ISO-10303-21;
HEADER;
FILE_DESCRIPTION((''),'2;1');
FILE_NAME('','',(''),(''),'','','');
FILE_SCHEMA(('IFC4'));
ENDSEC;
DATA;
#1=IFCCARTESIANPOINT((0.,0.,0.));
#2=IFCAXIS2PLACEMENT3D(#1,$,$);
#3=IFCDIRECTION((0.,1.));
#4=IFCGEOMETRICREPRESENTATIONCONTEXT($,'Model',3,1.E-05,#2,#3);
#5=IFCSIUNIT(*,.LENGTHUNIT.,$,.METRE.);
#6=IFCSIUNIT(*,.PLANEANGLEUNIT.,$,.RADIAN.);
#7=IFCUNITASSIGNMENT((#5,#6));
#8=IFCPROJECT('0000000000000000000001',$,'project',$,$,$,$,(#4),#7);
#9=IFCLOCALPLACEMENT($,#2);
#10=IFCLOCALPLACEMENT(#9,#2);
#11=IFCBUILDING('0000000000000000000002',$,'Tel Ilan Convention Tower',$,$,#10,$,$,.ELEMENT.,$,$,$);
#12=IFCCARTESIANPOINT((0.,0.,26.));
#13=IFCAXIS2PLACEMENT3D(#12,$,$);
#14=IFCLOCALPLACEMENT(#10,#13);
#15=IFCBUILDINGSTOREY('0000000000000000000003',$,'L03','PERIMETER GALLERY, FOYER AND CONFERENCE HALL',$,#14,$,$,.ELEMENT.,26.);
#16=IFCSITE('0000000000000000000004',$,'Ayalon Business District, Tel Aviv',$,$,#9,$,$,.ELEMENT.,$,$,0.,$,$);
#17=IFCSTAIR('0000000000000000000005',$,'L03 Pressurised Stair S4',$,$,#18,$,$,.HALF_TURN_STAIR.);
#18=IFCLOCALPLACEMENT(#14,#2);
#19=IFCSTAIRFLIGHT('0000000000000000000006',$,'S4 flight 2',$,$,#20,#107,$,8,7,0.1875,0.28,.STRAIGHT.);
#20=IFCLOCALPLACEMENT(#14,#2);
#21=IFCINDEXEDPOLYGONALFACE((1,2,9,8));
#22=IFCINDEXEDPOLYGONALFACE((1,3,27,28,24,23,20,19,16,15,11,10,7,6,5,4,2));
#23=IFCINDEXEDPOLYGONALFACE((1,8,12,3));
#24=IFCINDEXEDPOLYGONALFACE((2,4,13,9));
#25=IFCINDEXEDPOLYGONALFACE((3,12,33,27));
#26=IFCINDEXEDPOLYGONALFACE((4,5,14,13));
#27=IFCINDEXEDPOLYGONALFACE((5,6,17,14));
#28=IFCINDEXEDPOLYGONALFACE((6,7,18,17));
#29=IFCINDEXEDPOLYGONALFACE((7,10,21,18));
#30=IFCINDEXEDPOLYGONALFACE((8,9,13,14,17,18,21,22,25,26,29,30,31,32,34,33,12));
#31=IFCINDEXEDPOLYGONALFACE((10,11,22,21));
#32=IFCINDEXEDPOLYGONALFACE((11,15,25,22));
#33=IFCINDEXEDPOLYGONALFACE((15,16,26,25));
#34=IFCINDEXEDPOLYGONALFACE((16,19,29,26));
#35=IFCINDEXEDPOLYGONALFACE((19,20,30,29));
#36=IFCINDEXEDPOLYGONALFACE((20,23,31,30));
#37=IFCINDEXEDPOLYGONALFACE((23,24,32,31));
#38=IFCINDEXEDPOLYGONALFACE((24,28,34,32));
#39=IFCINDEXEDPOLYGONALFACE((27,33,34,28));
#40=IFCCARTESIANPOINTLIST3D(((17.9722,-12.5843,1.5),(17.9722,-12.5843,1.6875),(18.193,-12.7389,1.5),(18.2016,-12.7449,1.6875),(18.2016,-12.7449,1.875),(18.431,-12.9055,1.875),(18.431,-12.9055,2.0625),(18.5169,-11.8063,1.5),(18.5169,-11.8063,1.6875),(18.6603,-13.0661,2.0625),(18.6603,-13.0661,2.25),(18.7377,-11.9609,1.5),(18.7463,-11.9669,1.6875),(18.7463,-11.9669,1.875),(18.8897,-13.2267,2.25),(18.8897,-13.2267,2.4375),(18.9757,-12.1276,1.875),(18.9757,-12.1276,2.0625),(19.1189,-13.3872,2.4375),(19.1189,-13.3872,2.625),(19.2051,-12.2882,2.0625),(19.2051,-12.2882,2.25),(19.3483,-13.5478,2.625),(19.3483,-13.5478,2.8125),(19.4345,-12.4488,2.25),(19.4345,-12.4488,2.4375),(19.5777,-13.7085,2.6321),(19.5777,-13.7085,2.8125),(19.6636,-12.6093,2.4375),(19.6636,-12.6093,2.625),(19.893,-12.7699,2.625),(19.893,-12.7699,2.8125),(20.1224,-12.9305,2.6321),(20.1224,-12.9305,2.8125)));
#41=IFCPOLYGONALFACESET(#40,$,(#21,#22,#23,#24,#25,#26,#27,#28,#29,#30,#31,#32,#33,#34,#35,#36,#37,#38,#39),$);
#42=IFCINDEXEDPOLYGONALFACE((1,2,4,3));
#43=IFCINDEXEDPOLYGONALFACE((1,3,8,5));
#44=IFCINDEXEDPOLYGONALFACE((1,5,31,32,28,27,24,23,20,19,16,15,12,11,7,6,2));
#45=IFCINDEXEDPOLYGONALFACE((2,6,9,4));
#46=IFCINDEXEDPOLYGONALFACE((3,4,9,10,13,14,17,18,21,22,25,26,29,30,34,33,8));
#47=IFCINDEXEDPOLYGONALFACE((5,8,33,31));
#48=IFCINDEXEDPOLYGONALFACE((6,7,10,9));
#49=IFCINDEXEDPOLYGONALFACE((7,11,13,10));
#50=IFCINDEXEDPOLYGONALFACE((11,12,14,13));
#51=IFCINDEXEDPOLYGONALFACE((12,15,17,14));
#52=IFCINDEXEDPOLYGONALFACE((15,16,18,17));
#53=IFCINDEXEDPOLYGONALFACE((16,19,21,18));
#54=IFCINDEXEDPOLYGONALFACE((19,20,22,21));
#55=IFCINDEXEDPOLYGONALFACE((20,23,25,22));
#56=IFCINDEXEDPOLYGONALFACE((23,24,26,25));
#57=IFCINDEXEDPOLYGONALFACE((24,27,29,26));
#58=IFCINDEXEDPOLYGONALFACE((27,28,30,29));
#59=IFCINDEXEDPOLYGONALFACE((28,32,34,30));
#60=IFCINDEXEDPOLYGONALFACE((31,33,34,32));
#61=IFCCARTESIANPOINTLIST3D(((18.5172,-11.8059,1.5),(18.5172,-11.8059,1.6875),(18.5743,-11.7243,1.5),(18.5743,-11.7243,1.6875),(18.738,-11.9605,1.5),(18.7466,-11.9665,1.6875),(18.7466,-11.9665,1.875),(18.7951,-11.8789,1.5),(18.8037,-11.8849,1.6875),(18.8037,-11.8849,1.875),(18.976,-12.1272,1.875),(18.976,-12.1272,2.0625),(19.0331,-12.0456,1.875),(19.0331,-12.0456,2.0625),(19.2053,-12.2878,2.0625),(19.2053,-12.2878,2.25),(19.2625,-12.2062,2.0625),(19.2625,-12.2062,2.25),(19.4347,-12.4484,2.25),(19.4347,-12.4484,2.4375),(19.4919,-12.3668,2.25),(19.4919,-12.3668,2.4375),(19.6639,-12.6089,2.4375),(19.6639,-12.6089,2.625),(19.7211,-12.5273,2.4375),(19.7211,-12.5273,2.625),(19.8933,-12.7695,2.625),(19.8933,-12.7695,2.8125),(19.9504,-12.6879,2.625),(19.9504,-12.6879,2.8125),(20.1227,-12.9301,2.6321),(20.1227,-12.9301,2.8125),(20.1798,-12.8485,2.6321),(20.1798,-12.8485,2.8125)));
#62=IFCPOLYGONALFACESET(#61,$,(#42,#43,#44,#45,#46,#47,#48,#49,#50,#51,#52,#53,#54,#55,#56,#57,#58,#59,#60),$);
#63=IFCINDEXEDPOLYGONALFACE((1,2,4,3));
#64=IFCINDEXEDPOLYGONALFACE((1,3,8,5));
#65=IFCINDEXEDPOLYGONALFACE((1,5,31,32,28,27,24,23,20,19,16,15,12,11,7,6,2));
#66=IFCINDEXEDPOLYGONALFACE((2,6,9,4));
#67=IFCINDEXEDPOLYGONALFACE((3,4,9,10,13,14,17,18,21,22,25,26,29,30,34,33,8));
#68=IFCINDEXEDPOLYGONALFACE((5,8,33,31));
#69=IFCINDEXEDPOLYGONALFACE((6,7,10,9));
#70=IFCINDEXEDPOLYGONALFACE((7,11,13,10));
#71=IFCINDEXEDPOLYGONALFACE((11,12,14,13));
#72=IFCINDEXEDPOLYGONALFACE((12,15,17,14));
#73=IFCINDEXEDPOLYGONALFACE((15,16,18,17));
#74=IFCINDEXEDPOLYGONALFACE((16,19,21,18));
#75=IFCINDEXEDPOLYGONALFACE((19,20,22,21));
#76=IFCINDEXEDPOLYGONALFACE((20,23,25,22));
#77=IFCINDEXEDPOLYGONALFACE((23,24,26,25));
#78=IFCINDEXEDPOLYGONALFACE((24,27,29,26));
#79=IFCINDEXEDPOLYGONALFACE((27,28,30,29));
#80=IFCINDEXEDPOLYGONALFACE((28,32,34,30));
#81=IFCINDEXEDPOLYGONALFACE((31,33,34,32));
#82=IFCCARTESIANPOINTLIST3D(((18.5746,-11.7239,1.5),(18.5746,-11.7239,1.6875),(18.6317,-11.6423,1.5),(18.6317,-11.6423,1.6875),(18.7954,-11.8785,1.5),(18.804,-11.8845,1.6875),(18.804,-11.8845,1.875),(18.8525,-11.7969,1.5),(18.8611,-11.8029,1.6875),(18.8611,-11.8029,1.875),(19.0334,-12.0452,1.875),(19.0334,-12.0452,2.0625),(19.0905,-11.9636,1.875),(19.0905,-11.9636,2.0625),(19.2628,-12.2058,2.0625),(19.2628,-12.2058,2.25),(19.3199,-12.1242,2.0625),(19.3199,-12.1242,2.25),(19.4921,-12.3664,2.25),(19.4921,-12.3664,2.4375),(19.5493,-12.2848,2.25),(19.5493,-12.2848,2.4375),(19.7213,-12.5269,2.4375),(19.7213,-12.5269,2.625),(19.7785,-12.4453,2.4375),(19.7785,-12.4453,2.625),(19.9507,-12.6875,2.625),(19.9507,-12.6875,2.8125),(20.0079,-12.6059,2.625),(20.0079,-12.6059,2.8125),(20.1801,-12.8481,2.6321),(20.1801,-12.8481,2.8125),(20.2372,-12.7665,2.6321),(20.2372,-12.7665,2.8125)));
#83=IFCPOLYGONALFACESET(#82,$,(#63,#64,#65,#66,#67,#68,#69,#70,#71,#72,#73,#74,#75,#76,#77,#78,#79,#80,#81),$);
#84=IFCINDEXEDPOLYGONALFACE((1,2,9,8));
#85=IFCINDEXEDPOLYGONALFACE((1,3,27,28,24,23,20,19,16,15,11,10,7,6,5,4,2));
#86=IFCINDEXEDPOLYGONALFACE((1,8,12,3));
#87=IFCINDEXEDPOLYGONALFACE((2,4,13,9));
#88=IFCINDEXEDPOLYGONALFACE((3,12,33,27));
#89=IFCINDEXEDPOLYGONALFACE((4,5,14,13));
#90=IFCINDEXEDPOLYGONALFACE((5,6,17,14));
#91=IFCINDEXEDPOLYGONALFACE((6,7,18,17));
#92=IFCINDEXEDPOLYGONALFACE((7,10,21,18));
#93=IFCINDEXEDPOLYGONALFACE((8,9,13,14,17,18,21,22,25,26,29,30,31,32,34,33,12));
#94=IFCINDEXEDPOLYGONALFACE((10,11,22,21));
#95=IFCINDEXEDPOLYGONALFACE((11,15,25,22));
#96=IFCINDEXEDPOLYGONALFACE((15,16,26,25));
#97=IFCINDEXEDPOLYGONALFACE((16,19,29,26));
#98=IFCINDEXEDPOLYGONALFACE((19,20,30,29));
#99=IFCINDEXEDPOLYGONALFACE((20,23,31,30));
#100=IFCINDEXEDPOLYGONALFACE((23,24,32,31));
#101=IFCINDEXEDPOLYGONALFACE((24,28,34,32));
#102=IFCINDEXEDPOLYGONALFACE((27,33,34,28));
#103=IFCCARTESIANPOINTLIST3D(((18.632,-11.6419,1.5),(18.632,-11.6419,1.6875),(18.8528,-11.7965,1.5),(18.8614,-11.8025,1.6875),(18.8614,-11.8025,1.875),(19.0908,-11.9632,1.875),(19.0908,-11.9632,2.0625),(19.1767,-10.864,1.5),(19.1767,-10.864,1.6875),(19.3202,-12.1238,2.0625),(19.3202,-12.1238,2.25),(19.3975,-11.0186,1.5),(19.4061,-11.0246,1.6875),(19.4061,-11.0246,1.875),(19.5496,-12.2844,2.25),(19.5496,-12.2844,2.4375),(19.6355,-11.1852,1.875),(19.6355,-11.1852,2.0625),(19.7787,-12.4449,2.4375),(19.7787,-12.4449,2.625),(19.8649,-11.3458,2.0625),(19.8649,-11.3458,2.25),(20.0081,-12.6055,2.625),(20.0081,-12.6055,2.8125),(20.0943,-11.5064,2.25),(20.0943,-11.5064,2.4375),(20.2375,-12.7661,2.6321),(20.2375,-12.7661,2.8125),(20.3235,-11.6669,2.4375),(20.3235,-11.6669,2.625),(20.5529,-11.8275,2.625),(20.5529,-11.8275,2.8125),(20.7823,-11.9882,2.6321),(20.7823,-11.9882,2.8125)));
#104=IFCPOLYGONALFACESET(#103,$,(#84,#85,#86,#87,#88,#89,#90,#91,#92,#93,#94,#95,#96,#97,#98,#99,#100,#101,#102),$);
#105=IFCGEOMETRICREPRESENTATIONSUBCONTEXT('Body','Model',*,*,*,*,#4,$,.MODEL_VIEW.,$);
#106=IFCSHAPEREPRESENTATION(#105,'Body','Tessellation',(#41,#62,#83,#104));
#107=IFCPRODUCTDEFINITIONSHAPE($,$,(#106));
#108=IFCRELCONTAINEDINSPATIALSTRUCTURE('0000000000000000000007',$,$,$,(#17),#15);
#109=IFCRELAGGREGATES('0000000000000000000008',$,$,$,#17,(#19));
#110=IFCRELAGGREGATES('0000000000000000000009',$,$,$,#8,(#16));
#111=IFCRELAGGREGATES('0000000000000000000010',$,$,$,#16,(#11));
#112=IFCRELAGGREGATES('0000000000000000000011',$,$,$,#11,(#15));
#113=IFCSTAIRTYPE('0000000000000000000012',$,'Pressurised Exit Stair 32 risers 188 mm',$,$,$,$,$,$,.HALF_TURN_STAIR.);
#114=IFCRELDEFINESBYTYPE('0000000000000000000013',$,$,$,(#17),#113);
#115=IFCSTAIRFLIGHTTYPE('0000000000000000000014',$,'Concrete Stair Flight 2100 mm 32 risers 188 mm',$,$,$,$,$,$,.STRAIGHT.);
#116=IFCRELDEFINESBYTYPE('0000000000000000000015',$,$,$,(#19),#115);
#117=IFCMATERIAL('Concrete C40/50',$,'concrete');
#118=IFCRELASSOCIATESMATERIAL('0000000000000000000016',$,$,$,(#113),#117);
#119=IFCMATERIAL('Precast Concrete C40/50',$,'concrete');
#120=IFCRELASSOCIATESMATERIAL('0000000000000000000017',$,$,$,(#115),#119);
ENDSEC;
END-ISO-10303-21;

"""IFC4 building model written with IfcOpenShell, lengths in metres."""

from ifc_helpers import new_model, si_unit, direction, frame, origin, place, context, subcontext, project, spatial, polyline, outline, extrude, material, type_object, element, aggregate, save


model = new_model("IFC4")

# Units and contexts
model_context = context("Model", 3, precision=1e-05, world=origin(), true_north=direction((0.0, 1.0)))
body_context = subcontext(model_context, "Body", "Model", "MODEL_VIEW")
ifc_project = project(units=[si_unit("LENGTHUNIT", "METRE"), si_unit("PLANEANGLEUNIT", "RADIAN")], contexts=[model_context])

# Site, building, storey
site_placement = place(None, origin())
site = spatial("IfcSite", under=ifc_project, at=site_placement, Name="Ayalon Business District, Tel Aviv", CompositionType="ELEMENT", RefElevation=0.0)
building_placement = place(site_placement, origin())
building = spatial("IfcBuilding", under=site, at=building_placement, Name="Tel Ilan Convention Tower", CompositionType="ELEMENT")
storey_placement = place(building_placement, frame((0.0, 0.0, 26.0)))
storey = spatial("IfcBuildingStorey", under=building, at=storey_placement, Name="L03", Description="PERIMETER GALLERY, FOYER AND CONFERENCE HALL", CompositionType="ELEMENT", Elevation=26.0)

# Stair, stair flight
ifc_material_1 = material(Name="Concrete C40/50", Category="concrete")
stair_type = type_object("IfcStairType", Name="Pressurised Exit Stair 32 risers 188 mm", PredefinedType="HALF_TURN_STAIR", material=ifc_material_1)
stair_placement = place(storey_placement, origin())
stair = element("IfcStair", 1, at=stair_placement, inside=storey, type_object=stair_type, Name="L03 Pressurised Stair S4", PredefinedType="HALF_TURN_STAIR")
ifc_material_2 = material(Name="Precast Concrete C40/50", Category="concrete")
stair_flight_type = type_object("IfcStairFlightType", Name="Concrete Stair Flight 2100 mm 32 risers 188 mm", PredefinedType="STRAIGHT", material=ifc_material_2)
stair_flight_1_placement = place(storey_placement, frame((18.5745, -11.7241, 1.5), z_axis=(0.0, 0.0, 1.0), x_axis=(0.819152, -0.573576, 0.0)))
stair_flight_1 = element("IfcStairFlight", 2, at=stair_flight_1_placement, type_object=stair_flight_type, Name="S4 flight 2", NumberOfRisers=8, NumberOfTreads=7, PredefinedType="STRAIGHT", RiserHeight=0.1875, TreadLength=0.28, context=body_context, shape_type="SweptSolid", body=[
    extrude(outline(polyline([(0.0, 0.0), (0.0, 0.1875), (0.28, 0.1875), (0.28, 0.375), (0.5601, 0.375), (0.5601, 0.5625), (0.8401, 0.5625), (0.8401, 0.75), (1.1201, 0.75), (1.1201, 0.9375), (1.3999, 0.9375), (1.3999, 1.125), (1.6799, 1.125), (1.6799, 1.3125), (1.96, 1.3125), (1.96, 1.5), (1.96, 1.1321), (0.2695, 0.0), (0.0, 0.0)])), frame((0.0, -0.1003, 0.0), z_axis=(0.0, -1.0, 0.0), x_axis=(1.0, 0.0, 0.0)), (0.0, 0.0, 1.0), 0.9497),
    extrude(outline(polyline([(0.0, 0.0), (0.0, 0.1875), (0.28, 0.1875), (0.28, 0.375), (0.5601, 0.375), (0.5601, 0.5625), (0.8401, 0.5625), (0.8401, 0.75), (1.1201, 0.75), (1.1201, 0.9375), (1.3999, 0.9375), (1.3999, 1.125), (1.6799, 1.125), (1.6799, 1.3125), (1.96, 1.3125), (1.96, 1.5), (1.96, 1.1321), (0.2695, 0.0), (0.0, 0.0)])), frame((0.0, -0.0002, 0.0), z_axis=(0.0, -1.0, 0.0), x_axis=(1.0, 0.0, 0.0)), (0.0, 0.0, 1.0), 0.0996),
    extrude(outline(polyline([(0.0, 0.0), (0.0, 0.1875), (0.28, 0.1875), (0.28, 0.375), (0.5601, 0.375), (0.5601, 0.5625), (0.8401, 0.5625), (0.8401, 0.75), (1.1201, 0.75), (1.1201, 0.9375), (1.3999, 0.9375), (1.3999, 1.125), (1.6799, 1.125), (1.6799, 1.3125), (1.96, 1.3125), (1.96, 1.5), (1.96, 1.1321), (0.2695, 0.0), (0.0, 0.0)])), frame((0.0, 0.0999, 0.0), z_axis=(0.0, -1.0, 0.0), x_axis=(1.0, 0.0, 0.0)), (0.0, 0.0, 1.0), 0.0996),
    extrude(outline(polyline([(0.0, 0.0), (0.0, 0.1875), (0.28, 0.1875), (0.28, 0.375), (0.5601, 0.375), (0.5601, 0.5625), (0.8401, 0.5625), (0.8401, 0.75), (1.1201, 0.75), (1.1201, 0.9375), (1.3999, 0.9375), (1.3999, 1.125), (1.6799, 1.125), (1.6799, 1.3125), (1.96, 1.3125), (1.96, 1.5), (1.96, 1.1321), (0.2695, 0.0), (0.0, 0.0)])), frame((0.0, 1.05, 0.0), z_axis=(0.0, -1.0, 0.0), x_axis=(1.0, 0.0, 0.0)), (0.0, 0.0, 1.0), 0.9497),
])
aggregate(stair, [stair_flight_1])

save(model, "model.ifc")
